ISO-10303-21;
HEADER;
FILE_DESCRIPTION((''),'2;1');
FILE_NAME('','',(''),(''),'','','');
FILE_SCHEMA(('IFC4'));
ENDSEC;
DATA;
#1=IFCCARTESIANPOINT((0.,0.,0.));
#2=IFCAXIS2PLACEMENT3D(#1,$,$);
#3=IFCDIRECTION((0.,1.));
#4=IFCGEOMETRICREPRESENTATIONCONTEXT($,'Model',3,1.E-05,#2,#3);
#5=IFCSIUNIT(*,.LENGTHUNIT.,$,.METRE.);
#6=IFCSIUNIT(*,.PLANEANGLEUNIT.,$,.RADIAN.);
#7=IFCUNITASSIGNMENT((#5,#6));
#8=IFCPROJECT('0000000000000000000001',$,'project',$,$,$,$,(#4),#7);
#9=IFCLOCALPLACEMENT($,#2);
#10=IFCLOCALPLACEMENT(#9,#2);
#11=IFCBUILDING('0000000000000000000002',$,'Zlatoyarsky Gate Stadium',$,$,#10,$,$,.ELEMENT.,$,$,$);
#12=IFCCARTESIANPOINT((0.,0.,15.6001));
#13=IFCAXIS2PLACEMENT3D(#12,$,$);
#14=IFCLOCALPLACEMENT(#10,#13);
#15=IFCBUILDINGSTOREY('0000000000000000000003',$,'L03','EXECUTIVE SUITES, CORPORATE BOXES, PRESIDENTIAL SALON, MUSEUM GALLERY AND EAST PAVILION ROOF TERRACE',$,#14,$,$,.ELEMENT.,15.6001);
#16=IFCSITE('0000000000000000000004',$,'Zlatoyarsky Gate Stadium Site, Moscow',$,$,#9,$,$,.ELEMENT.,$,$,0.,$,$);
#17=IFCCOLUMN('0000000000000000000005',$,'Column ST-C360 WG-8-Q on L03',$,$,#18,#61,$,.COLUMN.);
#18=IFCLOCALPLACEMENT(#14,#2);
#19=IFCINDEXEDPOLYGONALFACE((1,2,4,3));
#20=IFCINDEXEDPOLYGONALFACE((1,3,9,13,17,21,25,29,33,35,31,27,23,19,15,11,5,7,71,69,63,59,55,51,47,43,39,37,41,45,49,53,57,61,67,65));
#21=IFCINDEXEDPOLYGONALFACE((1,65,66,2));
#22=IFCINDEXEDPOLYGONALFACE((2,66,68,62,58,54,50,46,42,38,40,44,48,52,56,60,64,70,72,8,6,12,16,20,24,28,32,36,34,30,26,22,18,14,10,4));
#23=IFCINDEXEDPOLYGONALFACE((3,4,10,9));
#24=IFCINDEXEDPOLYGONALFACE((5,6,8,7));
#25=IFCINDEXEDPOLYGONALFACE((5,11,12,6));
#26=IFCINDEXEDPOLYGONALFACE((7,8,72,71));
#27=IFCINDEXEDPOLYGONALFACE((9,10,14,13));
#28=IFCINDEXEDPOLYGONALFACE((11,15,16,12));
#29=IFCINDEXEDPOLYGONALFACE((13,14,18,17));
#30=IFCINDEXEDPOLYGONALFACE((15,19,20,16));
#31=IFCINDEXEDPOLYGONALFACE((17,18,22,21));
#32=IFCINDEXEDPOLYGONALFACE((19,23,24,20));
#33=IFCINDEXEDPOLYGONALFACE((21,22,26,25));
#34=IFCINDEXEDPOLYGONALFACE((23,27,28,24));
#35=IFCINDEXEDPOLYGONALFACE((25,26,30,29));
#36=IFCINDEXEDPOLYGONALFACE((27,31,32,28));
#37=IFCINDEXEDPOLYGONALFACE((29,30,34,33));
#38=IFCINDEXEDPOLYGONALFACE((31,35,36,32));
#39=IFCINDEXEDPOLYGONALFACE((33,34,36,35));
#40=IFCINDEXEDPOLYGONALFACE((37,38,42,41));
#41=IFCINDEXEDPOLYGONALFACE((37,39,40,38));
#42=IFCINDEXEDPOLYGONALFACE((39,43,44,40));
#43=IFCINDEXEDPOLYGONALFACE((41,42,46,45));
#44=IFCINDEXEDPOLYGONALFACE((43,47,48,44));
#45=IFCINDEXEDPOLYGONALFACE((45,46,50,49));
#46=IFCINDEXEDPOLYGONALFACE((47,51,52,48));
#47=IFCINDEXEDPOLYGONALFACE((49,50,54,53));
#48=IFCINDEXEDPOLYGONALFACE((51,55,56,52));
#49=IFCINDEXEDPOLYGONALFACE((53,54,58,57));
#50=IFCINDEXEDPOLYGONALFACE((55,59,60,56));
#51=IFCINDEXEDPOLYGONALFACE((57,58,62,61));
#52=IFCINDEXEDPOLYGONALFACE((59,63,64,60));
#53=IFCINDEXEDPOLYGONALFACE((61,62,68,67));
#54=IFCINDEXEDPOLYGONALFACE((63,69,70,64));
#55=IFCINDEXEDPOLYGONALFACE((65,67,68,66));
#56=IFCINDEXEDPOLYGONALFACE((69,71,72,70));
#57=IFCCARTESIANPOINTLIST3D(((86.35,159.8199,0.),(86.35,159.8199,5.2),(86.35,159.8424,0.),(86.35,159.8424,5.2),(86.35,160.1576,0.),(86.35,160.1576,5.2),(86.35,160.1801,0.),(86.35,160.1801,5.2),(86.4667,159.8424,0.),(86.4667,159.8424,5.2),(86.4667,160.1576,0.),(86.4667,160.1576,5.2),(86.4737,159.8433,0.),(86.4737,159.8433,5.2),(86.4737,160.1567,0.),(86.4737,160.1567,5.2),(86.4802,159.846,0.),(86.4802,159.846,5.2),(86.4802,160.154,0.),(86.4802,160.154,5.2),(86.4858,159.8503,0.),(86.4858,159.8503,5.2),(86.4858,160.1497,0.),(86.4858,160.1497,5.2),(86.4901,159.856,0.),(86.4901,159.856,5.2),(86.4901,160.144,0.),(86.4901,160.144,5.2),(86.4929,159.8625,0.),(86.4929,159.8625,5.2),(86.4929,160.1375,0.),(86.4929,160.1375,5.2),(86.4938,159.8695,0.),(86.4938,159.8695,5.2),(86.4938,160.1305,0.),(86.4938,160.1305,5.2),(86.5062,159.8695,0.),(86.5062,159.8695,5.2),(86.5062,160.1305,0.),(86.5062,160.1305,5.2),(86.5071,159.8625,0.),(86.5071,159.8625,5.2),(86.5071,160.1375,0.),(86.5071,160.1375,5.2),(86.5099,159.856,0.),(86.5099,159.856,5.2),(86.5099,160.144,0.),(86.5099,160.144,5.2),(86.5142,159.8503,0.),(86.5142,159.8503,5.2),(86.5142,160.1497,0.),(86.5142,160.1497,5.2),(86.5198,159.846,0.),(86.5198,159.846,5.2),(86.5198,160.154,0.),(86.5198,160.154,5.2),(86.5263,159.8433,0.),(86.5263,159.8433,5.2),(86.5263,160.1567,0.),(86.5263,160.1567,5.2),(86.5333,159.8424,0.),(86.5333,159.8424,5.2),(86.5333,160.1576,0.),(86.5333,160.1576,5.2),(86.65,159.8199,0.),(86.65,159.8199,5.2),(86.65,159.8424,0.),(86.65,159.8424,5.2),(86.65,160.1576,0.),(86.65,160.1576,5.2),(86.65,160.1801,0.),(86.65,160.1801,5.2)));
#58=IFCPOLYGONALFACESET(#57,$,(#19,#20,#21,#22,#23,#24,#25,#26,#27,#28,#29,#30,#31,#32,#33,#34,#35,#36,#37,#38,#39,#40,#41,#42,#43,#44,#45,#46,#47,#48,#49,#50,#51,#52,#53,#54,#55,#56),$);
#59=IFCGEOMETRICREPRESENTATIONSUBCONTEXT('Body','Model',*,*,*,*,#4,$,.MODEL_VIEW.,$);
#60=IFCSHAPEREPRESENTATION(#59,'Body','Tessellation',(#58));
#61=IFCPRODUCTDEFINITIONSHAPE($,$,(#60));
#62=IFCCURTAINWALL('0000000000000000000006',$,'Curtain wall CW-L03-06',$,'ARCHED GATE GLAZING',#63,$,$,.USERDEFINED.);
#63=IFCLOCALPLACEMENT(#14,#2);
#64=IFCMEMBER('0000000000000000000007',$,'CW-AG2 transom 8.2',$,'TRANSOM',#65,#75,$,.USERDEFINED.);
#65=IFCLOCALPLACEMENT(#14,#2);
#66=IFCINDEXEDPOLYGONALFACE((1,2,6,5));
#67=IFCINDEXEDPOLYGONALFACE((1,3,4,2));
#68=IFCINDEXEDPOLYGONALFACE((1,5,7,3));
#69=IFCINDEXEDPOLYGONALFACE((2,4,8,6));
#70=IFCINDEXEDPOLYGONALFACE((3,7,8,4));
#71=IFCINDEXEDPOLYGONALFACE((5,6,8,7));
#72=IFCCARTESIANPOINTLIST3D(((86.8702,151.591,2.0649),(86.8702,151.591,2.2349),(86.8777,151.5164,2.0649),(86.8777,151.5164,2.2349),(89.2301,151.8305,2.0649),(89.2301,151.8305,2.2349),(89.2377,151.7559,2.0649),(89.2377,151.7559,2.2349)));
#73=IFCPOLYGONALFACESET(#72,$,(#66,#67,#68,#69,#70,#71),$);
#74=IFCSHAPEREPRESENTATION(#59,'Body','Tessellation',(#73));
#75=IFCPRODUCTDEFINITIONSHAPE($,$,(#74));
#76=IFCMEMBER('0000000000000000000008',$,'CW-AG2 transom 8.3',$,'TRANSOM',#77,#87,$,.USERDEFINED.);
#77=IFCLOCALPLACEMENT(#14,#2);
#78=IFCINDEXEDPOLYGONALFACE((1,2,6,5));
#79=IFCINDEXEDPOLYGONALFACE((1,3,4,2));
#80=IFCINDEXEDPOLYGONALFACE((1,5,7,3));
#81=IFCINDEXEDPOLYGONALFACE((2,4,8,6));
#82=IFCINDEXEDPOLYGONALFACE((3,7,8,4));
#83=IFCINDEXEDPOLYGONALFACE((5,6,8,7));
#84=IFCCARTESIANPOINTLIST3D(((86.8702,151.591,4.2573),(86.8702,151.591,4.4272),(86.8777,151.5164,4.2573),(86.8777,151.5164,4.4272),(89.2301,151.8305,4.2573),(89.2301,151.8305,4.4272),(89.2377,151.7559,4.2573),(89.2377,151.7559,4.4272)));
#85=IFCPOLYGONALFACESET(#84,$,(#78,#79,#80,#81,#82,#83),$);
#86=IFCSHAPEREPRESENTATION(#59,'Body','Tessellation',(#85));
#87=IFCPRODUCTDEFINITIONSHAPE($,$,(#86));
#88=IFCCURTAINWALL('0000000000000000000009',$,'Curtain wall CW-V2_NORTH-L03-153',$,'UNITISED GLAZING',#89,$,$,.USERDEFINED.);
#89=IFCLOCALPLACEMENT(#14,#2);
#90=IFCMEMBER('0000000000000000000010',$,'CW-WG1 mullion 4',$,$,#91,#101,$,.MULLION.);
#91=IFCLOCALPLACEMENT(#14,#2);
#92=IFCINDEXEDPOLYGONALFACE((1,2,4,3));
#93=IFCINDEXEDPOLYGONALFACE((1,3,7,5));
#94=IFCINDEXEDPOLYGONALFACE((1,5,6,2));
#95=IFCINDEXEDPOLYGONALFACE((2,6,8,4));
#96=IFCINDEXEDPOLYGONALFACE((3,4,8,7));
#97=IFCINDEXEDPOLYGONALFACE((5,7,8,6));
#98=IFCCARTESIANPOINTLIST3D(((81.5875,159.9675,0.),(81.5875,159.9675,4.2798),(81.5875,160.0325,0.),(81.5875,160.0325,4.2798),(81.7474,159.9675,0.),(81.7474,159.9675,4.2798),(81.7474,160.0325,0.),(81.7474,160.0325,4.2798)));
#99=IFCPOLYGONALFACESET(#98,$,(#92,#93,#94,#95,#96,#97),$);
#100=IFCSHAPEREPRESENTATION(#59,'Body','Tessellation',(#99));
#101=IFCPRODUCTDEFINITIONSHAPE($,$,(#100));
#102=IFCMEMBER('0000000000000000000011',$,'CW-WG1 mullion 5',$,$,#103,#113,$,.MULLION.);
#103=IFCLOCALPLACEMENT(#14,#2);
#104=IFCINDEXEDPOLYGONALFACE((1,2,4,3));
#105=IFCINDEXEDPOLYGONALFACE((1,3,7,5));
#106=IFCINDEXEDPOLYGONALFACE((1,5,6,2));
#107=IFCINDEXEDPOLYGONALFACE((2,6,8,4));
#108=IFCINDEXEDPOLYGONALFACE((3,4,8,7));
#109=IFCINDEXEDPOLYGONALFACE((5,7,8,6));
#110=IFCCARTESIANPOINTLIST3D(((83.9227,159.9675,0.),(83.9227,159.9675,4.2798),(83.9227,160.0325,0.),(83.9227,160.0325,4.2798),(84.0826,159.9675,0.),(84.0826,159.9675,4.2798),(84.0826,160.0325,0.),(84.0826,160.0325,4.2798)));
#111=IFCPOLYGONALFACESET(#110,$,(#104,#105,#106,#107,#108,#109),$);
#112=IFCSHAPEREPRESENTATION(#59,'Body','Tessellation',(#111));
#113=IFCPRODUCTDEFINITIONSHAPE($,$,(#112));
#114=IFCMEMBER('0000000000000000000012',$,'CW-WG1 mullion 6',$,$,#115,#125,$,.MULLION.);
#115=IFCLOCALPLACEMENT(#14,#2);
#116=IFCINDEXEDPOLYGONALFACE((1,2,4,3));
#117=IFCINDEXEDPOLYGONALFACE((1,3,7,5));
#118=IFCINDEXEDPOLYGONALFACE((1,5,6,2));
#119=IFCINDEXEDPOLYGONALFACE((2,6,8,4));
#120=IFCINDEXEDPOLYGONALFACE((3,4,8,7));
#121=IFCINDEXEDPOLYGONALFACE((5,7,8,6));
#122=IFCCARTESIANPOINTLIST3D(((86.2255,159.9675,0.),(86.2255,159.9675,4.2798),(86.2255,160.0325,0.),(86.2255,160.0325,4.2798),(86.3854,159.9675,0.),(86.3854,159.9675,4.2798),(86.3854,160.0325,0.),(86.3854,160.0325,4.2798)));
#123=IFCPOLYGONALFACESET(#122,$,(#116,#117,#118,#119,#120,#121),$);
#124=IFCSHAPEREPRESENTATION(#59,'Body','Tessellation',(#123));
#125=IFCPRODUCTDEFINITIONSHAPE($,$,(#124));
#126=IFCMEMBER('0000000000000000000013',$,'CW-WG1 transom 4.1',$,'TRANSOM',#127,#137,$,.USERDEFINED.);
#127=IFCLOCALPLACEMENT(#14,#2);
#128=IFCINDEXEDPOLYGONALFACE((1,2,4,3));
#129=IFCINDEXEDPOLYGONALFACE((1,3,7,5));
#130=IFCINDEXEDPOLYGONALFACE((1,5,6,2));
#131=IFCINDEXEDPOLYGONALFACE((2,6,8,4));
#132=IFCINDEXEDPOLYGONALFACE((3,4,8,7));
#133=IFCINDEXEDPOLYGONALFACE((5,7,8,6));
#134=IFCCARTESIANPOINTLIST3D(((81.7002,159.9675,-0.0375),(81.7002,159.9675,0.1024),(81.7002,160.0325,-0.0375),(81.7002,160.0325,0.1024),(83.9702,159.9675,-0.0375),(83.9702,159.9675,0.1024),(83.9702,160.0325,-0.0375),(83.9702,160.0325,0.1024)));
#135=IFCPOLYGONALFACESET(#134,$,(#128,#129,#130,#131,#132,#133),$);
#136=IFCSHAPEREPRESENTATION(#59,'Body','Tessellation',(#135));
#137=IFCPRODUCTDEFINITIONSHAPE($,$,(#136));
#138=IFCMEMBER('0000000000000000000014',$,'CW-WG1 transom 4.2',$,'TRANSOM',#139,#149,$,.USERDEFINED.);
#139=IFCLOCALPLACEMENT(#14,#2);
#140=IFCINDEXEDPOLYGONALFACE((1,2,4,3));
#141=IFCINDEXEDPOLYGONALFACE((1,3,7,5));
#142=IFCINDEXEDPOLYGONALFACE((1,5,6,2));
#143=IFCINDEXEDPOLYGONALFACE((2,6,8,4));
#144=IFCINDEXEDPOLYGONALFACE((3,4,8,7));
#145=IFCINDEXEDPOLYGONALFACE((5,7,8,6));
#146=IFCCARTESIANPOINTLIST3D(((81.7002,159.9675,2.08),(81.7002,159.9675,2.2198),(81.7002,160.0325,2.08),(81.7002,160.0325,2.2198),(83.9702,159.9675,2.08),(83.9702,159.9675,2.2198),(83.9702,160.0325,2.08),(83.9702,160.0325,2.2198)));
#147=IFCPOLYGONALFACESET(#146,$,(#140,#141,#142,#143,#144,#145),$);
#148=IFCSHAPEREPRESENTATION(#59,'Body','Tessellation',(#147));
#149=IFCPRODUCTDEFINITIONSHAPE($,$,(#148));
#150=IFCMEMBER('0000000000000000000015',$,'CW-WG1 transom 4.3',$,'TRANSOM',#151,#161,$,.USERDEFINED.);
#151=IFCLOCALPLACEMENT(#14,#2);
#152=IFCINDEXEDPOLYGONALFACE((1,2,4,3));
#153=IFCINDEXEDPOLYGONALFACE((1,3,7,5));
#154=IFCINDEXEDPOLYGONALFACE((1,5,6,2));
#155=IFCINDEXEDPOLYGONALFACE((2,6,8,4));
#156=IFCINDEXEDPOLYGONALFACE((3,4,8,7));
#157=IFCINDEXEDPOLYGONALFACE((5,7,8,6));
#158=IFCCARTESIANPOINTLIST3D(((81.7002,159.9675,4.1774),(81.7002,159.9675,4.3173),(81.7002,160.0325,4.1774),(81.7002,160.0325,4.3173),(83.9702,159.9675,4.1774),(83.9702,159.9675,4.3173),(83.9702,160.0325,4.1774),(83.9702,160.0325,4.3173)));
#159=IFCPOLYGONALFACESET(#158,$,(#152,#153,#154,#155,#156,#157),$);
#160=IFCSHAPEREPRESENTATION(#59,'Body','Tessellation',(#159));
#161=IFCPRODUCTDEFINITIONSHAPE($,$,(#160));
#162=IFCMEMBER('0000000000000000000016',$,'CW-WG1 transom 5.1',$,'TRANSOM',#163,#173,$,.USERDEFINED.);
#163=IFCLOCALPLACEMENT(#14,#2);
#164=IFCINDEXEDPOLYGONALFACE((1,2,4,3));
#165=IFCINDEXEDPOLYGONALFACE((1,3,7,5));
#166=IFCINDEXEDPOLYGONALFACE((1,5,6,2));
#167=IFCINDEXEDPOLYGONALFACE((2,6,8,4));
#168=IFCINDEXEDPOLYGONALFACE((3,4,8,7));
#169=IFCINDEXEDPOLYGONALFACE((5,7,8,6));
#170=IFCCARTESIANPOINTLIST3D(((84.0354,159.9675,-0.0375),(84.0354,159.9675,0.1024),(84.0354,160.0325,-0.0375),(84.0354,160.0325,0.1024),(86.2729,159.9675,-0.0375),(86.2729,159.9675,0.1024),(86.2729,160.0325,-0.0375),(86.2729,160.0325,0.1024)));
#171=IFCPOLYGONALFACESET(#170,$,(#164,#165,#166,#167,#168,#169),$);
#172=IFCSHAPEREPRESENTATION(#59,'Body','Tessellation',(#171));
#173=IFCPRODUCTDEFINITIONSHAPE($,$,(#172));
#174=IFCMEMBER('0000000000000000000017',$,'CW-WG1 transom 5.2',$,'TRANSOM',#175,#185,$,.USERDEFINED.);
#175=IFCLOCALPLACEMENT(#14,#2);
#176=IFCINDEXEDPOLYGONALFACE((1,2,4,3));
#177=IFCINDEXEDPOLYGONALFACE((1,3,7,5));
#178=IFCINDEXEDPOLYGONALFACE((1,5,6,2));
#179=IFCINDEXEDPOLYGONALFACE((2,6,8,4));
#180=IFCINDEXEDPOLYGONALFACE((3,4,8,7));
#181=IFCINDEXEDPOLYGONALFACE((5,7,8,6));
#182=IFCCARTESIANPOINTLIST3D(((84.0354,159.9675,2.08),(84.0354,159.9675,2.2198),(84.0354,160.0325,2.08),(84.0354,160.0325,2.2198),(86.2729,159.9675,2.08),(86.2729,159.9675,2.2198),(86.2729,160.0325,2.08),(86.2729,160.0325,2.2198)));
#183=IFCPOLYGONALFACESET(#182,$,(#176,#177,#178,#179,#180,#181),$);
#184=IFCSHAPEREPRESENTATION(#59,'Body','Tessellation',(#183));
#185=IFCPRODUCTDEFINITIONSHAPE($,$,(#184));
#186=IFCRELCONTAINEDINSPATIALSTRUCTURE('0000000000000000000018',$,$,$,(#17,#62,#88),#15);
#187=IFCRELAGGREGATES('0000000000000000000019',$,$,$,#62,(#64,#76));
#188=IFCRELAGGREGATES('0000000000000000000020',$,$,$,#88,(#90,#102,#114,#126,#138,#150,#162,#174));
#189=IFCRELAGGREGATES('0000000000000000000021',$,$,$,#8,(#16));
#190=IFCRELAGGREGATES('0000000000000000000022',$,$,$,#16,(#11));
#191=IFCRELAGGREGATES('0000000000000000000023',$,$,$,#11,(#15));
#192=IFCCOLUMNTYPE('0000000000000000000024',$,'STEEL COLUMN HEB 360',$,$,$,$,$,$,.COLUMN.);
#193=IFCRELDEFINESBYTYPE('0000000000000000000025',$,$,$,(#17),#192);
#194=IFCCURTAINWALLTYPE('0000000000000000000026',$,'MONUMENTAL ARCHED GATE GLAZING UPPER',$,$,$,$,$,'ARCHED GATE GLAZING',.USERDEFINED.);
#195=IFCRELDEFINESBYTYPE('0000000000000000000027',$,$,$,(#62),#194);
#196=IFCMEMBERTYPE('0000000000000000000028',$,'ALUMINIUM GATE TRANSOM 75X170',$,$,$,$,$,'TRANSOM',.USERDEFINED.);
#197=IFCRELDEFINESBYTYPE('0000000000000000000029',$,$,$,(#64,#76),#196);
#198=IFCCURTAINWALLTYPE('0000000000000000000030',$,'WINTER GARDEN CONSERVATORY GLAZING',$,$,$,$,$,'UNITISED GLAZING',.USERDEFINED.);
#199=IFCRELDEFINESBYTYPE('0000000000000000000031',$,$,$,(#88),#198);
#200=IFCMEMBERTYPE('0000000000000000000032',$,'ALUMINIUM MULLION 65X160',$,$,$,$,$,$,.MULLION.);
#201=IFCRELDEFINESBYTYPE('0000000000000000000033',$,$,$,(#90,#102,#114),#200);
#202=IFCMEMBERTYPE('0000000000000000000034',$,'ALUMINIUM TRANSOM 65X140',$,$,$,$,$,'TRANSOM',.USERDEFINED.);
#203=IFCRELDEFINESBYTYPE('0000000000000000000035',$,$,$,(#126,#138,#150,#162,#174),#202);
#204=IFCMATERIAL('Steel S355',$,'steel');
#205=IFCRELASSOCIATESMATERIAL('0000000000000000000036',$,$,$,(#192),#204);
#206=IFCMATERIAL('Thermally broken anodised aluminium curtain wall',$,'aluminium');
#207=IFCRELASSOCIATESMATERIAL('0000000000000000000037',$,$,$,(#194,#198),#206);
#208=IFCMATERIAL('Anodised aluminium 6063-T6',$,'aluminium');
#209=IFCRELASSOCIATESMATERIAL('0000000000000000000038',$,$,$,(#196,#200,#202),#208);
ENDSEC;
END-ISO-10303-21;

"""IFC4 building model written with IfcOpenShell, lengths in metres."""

from ifc_helpers import new_model, si_unit, direction, frame, origin, origin_2d, place, context, subcontext, project, spatial, rectangle, i_section, extrude, material, material_profile, profile_set, type_object, element, aggregate, save


model = new_model("IFC4")

# Units and contexts
model_context = context("Model", 3, precision=1e-05, world=origin(), true_north=direction((0.0, 1.0)))
body_context = subcontext(model_context, "Body", "Model", "MODEL_VIEW")
ifc_project = project(units=[si_unit("LENGTHUNIT", "METRE"), si_unit("PLANEANGLEUNIT", "RADIAN")], contexts=[model_context])

# Site, building, storey
site_placement = place(None, origin())
site = spatial("IfcSite", under=ifc_project, at=site_placement, Name="Zlatoyarsky Gate Stadium Site, Moscow", CompositionType="ELEMENT", RefElevation=0.0)
building_placement = place(site_placement, origin())
building = spatial("IfcBuilding", under=site, at=building_placement, Name="Zlatoyarsky Gate Stadium", CompositionType="ELEMENT")
storey_placement = place(building_placement, frame((0.0, 0.0, 15.6001)))
storey = spatial("IfcBuildingStorey", under=building, at=storey_placement, Name="L03", Description="EXECUTIVE SUITES, CORPORATE BOXES, PRESIDENTIAL SALON, MUSEUM GALLERY AND EAST PAVILION ROOF TERRACE", CompositionType="ELEMENT", Elevation=15.6001)

# Column
ifc_material_1 = material(Name="Steel S355", Category="steel")
ifc_material_profile_1 = material_profile(ifc_material_1, i_section(OverallWidth=0.3, OverallDepth=0.3601, WebThickness=0.0125, FlangeThickness=0.0225, FilletRadius=0.0271, at=origin_2d()), Name="HEB 360")
ifc_profile_set_1 = profile_set([ifc_material_profile_1], Name="Steel S355")
column_type = type_object("IfcColumnType", Name="STEEL COLUMN HEB 360", PredefinedType="COLUMN", material=ifc_profile_set_1)
column_placement = place(storey_placement, frame((86.5, 160.0, 0.0), z_axis=(0.0, 0.0, 1.0), x_axis=(1.0, 0.0, 0.0)))
element("IfcColumn", 1, at=column_placement, inside=storey, type_object=column_type, Name="Column ST-C360 WG-8-Q on L03", PredefinedType="COLUMN", context=body_context, shape_type="SweptSolid", body=[
    extrude(i_section(OverallWidth=0.3, OverallDepth=0.3601, WebThickness=0.0125, FlangeThickness=0.0225, FilletRadius=0.0271, at=origin_2d()), origin(), (0.0, 0.0, 1.0), 5.2),
])

# Curtain walls, members
ifc_material_2 = material(Name="Thermally broken anodised aluminium curtain wall", Category="aluminium")
curtain_wall_type_1 = type_object("IfcCurtainWallType", Name="MONUMENTAL ARCHED GATE GLAZING UPPER", ElementType="ARCHED GATE GLAZING", PredefinedType="USERDEFINED", material=ifc_material_2)
curtain_wall_1_placement = place(storey_placement, origin())
curtain_wall_1 = element("IfcCurtainWall", 2, at=curtain_wall_1_placement, inside=storey, type_object=curtain_wall_type_1, Name="Curtain wall CW-L03-06", ObjectType="ARCHED GATE GLAZING", PredefinedType="USERDEFINED")
ifc_material_3 = material(Name="Anodised aluminium 6063-T6", Category="aluminium")
ifc_material_profile_2 = material_profile(ifc_material_3, rectangle(XDim=0.075, YDim=0.1699, at=origin_2d()), Name="ALU 75X170")
ifc_profile_set_2 = profile_set([ifc_material_profile_2], Name="Anodised aluminium 6063-T6")
member_type_1 = type_object("IfcMemberType", Name="ALUMINIUM GATE TRANSOM 75X170", ElementType="TRANSOM", PredefinedType="USERDEFINED", material=ifc_profile_set_2)
member_1_placement = place(storey_placement, frame((89.2339, 151.7932, 2.1499), z_axis=(-0.994889, -0.100971, 0.0), x_axis=(0.100971, -0.994889, 0.0)))
member_1 = element("IfcMember", 3, at=member_1_placement, type_object=member_type_1, Name="CW-AG2 transom 8.2", ObjectType="TRANSOM", PredefinedType="USERDEFINED", context=body_context, shape_type="SweptSolid", body=[
    extrude(rectangle(XDim=0.075, YDim=0.1699, at=origin_2d()), origin(), (0.0, 0.0, 1.0), 2.3721),
])
member_2_placement = place(storey_placement, frame((89.2339, 151.7932, 4.3423), z_axis=(-0.994889, -0.100971, 0.0), x_axis=(0.100971, -0.994889, 0.0)))
member_2 = element("IfcMember", 4, at=member_2_placement, type_object=member_type_1, Name="CW-AG2 transom 8.3", ObjectType="TRANSOM", PredefinedType="USERDEFINED", context=body_context, shape_type="SweptSolid", body=[
    extrude(rectangle(XDim=0.075, YDim=0.1699, at=origin_2d()), origin(), (0.0, 0.0, 1.0), 2.3721),
])
aggregate(curtain_wall_1, [member_1, member_2])
curtain_wall_type_2 = type_object("IfcCurtainWallType", Name="WINTER GARDEN CONSERVATORY GLAZING", ElementType="UNITISED GLAZING", PredefinedType="USERDEFINED", material=ifc_material_2)
curtain_wall_2_placement = place(storey_placement, origin())
curtain_wall_2 = element("IfcCurtainWall", 5, at=curtain_wall_2_placement, inside=storey, type_object=curtain_wall_type_2, Name="Curtain wall CW-V2_NORTH-L03-153", ObjectType="UNITISED GLAZING", PredefinedType="USERDEFINED")
ifc_material_profile_3 = material_profile(ifc_material_3, rectangle(XDim=0.0649, YDim=0.1599, at=origin_2d()), Name="ALU 65X160")
ifc_profile_set_3 = profile_set([ifc_material_profile_3], Name="Anodised aluminium 6063-T6")
member_type_2 = type_object("IfcMemberType", Name="ALUMINIUM MULLION 65X160", PredefinedType="MULLION", material=ifc_profile_set_3)
member_3_placement = place(storey_placement, frame((81.6675, 160.0, 0.0), z_axis=(0.0, 0.0, 1.0), x_axis=(0.0, 1.0, 0.0)))
member_3 = element("IfcMember", 6, at=member_3_placement, type_object=member_type_2, Name="CW-WG1 mullion 4", PredefinedType="MULLION", context=body_context, shape_type="SweptSolid", body=[
    extrude(rectangle(XDim=0.0649, YDim=0.1599, at=origin_2d()), origin(), (0.0, 0.0, 1.0), 4.2798),
])
member_4_placement = place(storey_placement, frame((84.0027, 160.0, 0.0), z_axis=(0.0, 0.0, 1.0), x_axis=(0.0, 1.0, 0.0)))
member_4 = element("IfcMember", 7, at=member_4_placement, type_object=member_type_2, Name="CW-WG1 mullion 5", PredefinedType="MULLION", context=body_context, shape_type="SweptSolid", body=[
    extrude(rectangle(XDim=0.0649, YDim=0.1599, at=origin_2d()), origin(), (0.0, 0.0, 1.0), 4.2798),
])
member_5_placement = place(storey_placement, frame((86.3054, 160.0, 0.0), z_axis=(0.0, 0.0, 1.0), x_axis=(0.0, 1.0, 0.0)))
member_5 = element("IfcMember", 8, at=member_5_placement, type_object=member_type_2, Name="CW-WG1 mullion 6", PredefinedType="MULLION", context=body_context, shape_type="SweptSolid", body=[
    extrude(rectangle(XDim=0.0649, YDim=0.1599, at=origin_2d()), origin(), (0.0, 0.0, 1.0), 4.2798),
])
ifc_material_profile_4 = material_profile(ifc_material_3, rectangle(XDim=0.0649, YDim=0.1399, at=origin_2d()), Name="ALU 65X140")
ifc_profile_set_4 = profile_set([ifc_material_profile_4], Name="Anodised aluminium 6063-T6")
member_type_3 = type_object("IfcMemberType", Name="ALUMINIUM TRANSOM 65X140", ElementType="TRANSOM", PredefinedType="USERDEFINED", material=ifc_profile_set_4)
member_6_placement = place(storey_placement, frame((81.7002, 160.0, 0.0325), z_axis=(1.0, 0.0, 0.0), x_axis=(0.0, 1.0, 0.0)))
member_6 = element("IfcMember", 9, at=member_6_placement, type_object=member_type_3, Name="CW-WG1 transom 4.1", ObjectType="TRANSOM", PredefinedType="USERDEFINED", context=body_context, shape_type="SweptSolid", body=[
    extrude(rectangle(XDim=0.0649, YDim=0.1399, at=origin_2d()), origin(), (0.0, 0.0, 1.0), 2.27),
])
member_7_placement = place(storey_placement, frame((81.7002, 160.0, 2.1499), z_axis=(1.0, 0.0, 0.0), x_axis=(0.0, 1.0, 0.0)))
member_7 = element("IfcMember", 10, at=member_7_placement, type_object=member_type_3, Name="CW-WG1 transom 4.2", ObjectType="TRANSOM", PredefinedType="USERDEFINED", context=body_context, shape_type="SweptSolid", body=[
    extrude(rectangle(XDim=0.0649, YDim=0.1399, at=origin_2d()), origin(), (0.0, 0.0, 1.0), 2.27),
])
member_8_placement = place(storey_placement, frame((81.7002, 160.0, 4.2473), z_axis=(1.0, 0.0, 0.0), x_axis=(0.0, 1.0, 0.0)))
member_8 = element("IfcMember", 11, at=member_8_placement, type_object=member_type_3, Name="CW-WG1 transom 4.3", ObjectType="TRANSOM", PredefinedType="USERDEFINED", context=body_context, shape_type="SweptSolid", body=[
    extrude(rectangle(XDim=0.0649, YDim=0.1399, at=origin_2d()), origin(), (0.0, 0.0, 1.0), 2.27),
])
member_9_placement = place(storey_placement, frame((84.0354, 160.0, 0.0325), z_axis=(1.0, 0.0, 0.0), x_axis=(0.0, 1.0, 0.0)))
member_9 = element("IfcMember", 12, at=member_9_placement, type_object=member_type_3, Name="CW-WG1 transom 5.1", ObjectType="TRANSOM", PredefinedType="USERDEFINED", context=body_context, shape_type="SweptSolid", body=[
    extrude(rectangle(XDim=0.0649, YDim=0.1399, at=origin_2d()), origin(), (0.0, 0.0, 1.0), 2.2375),
])
member_10_placement = place(storey_placement, frame((84.0354, 160.0, 2.1499), z_axis=(1.0, 0.0, 0.0), x_axis=(0.0, 1.0, 0.0)))
member_10 = element("IfcMember", 13, at=member_10_placement, type_object=member_type_3, Name="CW-WG1 transom 5.2", ObjectType="TRANSOM", PredefinedType="USERDEFINED", context=body_context, shape_type="SweptSolid", body=[
    extrude(rectangle(XDim=0.0649, YDim=0.1399, at=origin_2d()), origin(), (0.0, 0.0, 1.0), 2.2375),
])

aggregate(curtain_wall_2, [member_3, member_4, member_5, member_6, member_7, member_8, member_9, member_10])

save(model, "model.ifc")
